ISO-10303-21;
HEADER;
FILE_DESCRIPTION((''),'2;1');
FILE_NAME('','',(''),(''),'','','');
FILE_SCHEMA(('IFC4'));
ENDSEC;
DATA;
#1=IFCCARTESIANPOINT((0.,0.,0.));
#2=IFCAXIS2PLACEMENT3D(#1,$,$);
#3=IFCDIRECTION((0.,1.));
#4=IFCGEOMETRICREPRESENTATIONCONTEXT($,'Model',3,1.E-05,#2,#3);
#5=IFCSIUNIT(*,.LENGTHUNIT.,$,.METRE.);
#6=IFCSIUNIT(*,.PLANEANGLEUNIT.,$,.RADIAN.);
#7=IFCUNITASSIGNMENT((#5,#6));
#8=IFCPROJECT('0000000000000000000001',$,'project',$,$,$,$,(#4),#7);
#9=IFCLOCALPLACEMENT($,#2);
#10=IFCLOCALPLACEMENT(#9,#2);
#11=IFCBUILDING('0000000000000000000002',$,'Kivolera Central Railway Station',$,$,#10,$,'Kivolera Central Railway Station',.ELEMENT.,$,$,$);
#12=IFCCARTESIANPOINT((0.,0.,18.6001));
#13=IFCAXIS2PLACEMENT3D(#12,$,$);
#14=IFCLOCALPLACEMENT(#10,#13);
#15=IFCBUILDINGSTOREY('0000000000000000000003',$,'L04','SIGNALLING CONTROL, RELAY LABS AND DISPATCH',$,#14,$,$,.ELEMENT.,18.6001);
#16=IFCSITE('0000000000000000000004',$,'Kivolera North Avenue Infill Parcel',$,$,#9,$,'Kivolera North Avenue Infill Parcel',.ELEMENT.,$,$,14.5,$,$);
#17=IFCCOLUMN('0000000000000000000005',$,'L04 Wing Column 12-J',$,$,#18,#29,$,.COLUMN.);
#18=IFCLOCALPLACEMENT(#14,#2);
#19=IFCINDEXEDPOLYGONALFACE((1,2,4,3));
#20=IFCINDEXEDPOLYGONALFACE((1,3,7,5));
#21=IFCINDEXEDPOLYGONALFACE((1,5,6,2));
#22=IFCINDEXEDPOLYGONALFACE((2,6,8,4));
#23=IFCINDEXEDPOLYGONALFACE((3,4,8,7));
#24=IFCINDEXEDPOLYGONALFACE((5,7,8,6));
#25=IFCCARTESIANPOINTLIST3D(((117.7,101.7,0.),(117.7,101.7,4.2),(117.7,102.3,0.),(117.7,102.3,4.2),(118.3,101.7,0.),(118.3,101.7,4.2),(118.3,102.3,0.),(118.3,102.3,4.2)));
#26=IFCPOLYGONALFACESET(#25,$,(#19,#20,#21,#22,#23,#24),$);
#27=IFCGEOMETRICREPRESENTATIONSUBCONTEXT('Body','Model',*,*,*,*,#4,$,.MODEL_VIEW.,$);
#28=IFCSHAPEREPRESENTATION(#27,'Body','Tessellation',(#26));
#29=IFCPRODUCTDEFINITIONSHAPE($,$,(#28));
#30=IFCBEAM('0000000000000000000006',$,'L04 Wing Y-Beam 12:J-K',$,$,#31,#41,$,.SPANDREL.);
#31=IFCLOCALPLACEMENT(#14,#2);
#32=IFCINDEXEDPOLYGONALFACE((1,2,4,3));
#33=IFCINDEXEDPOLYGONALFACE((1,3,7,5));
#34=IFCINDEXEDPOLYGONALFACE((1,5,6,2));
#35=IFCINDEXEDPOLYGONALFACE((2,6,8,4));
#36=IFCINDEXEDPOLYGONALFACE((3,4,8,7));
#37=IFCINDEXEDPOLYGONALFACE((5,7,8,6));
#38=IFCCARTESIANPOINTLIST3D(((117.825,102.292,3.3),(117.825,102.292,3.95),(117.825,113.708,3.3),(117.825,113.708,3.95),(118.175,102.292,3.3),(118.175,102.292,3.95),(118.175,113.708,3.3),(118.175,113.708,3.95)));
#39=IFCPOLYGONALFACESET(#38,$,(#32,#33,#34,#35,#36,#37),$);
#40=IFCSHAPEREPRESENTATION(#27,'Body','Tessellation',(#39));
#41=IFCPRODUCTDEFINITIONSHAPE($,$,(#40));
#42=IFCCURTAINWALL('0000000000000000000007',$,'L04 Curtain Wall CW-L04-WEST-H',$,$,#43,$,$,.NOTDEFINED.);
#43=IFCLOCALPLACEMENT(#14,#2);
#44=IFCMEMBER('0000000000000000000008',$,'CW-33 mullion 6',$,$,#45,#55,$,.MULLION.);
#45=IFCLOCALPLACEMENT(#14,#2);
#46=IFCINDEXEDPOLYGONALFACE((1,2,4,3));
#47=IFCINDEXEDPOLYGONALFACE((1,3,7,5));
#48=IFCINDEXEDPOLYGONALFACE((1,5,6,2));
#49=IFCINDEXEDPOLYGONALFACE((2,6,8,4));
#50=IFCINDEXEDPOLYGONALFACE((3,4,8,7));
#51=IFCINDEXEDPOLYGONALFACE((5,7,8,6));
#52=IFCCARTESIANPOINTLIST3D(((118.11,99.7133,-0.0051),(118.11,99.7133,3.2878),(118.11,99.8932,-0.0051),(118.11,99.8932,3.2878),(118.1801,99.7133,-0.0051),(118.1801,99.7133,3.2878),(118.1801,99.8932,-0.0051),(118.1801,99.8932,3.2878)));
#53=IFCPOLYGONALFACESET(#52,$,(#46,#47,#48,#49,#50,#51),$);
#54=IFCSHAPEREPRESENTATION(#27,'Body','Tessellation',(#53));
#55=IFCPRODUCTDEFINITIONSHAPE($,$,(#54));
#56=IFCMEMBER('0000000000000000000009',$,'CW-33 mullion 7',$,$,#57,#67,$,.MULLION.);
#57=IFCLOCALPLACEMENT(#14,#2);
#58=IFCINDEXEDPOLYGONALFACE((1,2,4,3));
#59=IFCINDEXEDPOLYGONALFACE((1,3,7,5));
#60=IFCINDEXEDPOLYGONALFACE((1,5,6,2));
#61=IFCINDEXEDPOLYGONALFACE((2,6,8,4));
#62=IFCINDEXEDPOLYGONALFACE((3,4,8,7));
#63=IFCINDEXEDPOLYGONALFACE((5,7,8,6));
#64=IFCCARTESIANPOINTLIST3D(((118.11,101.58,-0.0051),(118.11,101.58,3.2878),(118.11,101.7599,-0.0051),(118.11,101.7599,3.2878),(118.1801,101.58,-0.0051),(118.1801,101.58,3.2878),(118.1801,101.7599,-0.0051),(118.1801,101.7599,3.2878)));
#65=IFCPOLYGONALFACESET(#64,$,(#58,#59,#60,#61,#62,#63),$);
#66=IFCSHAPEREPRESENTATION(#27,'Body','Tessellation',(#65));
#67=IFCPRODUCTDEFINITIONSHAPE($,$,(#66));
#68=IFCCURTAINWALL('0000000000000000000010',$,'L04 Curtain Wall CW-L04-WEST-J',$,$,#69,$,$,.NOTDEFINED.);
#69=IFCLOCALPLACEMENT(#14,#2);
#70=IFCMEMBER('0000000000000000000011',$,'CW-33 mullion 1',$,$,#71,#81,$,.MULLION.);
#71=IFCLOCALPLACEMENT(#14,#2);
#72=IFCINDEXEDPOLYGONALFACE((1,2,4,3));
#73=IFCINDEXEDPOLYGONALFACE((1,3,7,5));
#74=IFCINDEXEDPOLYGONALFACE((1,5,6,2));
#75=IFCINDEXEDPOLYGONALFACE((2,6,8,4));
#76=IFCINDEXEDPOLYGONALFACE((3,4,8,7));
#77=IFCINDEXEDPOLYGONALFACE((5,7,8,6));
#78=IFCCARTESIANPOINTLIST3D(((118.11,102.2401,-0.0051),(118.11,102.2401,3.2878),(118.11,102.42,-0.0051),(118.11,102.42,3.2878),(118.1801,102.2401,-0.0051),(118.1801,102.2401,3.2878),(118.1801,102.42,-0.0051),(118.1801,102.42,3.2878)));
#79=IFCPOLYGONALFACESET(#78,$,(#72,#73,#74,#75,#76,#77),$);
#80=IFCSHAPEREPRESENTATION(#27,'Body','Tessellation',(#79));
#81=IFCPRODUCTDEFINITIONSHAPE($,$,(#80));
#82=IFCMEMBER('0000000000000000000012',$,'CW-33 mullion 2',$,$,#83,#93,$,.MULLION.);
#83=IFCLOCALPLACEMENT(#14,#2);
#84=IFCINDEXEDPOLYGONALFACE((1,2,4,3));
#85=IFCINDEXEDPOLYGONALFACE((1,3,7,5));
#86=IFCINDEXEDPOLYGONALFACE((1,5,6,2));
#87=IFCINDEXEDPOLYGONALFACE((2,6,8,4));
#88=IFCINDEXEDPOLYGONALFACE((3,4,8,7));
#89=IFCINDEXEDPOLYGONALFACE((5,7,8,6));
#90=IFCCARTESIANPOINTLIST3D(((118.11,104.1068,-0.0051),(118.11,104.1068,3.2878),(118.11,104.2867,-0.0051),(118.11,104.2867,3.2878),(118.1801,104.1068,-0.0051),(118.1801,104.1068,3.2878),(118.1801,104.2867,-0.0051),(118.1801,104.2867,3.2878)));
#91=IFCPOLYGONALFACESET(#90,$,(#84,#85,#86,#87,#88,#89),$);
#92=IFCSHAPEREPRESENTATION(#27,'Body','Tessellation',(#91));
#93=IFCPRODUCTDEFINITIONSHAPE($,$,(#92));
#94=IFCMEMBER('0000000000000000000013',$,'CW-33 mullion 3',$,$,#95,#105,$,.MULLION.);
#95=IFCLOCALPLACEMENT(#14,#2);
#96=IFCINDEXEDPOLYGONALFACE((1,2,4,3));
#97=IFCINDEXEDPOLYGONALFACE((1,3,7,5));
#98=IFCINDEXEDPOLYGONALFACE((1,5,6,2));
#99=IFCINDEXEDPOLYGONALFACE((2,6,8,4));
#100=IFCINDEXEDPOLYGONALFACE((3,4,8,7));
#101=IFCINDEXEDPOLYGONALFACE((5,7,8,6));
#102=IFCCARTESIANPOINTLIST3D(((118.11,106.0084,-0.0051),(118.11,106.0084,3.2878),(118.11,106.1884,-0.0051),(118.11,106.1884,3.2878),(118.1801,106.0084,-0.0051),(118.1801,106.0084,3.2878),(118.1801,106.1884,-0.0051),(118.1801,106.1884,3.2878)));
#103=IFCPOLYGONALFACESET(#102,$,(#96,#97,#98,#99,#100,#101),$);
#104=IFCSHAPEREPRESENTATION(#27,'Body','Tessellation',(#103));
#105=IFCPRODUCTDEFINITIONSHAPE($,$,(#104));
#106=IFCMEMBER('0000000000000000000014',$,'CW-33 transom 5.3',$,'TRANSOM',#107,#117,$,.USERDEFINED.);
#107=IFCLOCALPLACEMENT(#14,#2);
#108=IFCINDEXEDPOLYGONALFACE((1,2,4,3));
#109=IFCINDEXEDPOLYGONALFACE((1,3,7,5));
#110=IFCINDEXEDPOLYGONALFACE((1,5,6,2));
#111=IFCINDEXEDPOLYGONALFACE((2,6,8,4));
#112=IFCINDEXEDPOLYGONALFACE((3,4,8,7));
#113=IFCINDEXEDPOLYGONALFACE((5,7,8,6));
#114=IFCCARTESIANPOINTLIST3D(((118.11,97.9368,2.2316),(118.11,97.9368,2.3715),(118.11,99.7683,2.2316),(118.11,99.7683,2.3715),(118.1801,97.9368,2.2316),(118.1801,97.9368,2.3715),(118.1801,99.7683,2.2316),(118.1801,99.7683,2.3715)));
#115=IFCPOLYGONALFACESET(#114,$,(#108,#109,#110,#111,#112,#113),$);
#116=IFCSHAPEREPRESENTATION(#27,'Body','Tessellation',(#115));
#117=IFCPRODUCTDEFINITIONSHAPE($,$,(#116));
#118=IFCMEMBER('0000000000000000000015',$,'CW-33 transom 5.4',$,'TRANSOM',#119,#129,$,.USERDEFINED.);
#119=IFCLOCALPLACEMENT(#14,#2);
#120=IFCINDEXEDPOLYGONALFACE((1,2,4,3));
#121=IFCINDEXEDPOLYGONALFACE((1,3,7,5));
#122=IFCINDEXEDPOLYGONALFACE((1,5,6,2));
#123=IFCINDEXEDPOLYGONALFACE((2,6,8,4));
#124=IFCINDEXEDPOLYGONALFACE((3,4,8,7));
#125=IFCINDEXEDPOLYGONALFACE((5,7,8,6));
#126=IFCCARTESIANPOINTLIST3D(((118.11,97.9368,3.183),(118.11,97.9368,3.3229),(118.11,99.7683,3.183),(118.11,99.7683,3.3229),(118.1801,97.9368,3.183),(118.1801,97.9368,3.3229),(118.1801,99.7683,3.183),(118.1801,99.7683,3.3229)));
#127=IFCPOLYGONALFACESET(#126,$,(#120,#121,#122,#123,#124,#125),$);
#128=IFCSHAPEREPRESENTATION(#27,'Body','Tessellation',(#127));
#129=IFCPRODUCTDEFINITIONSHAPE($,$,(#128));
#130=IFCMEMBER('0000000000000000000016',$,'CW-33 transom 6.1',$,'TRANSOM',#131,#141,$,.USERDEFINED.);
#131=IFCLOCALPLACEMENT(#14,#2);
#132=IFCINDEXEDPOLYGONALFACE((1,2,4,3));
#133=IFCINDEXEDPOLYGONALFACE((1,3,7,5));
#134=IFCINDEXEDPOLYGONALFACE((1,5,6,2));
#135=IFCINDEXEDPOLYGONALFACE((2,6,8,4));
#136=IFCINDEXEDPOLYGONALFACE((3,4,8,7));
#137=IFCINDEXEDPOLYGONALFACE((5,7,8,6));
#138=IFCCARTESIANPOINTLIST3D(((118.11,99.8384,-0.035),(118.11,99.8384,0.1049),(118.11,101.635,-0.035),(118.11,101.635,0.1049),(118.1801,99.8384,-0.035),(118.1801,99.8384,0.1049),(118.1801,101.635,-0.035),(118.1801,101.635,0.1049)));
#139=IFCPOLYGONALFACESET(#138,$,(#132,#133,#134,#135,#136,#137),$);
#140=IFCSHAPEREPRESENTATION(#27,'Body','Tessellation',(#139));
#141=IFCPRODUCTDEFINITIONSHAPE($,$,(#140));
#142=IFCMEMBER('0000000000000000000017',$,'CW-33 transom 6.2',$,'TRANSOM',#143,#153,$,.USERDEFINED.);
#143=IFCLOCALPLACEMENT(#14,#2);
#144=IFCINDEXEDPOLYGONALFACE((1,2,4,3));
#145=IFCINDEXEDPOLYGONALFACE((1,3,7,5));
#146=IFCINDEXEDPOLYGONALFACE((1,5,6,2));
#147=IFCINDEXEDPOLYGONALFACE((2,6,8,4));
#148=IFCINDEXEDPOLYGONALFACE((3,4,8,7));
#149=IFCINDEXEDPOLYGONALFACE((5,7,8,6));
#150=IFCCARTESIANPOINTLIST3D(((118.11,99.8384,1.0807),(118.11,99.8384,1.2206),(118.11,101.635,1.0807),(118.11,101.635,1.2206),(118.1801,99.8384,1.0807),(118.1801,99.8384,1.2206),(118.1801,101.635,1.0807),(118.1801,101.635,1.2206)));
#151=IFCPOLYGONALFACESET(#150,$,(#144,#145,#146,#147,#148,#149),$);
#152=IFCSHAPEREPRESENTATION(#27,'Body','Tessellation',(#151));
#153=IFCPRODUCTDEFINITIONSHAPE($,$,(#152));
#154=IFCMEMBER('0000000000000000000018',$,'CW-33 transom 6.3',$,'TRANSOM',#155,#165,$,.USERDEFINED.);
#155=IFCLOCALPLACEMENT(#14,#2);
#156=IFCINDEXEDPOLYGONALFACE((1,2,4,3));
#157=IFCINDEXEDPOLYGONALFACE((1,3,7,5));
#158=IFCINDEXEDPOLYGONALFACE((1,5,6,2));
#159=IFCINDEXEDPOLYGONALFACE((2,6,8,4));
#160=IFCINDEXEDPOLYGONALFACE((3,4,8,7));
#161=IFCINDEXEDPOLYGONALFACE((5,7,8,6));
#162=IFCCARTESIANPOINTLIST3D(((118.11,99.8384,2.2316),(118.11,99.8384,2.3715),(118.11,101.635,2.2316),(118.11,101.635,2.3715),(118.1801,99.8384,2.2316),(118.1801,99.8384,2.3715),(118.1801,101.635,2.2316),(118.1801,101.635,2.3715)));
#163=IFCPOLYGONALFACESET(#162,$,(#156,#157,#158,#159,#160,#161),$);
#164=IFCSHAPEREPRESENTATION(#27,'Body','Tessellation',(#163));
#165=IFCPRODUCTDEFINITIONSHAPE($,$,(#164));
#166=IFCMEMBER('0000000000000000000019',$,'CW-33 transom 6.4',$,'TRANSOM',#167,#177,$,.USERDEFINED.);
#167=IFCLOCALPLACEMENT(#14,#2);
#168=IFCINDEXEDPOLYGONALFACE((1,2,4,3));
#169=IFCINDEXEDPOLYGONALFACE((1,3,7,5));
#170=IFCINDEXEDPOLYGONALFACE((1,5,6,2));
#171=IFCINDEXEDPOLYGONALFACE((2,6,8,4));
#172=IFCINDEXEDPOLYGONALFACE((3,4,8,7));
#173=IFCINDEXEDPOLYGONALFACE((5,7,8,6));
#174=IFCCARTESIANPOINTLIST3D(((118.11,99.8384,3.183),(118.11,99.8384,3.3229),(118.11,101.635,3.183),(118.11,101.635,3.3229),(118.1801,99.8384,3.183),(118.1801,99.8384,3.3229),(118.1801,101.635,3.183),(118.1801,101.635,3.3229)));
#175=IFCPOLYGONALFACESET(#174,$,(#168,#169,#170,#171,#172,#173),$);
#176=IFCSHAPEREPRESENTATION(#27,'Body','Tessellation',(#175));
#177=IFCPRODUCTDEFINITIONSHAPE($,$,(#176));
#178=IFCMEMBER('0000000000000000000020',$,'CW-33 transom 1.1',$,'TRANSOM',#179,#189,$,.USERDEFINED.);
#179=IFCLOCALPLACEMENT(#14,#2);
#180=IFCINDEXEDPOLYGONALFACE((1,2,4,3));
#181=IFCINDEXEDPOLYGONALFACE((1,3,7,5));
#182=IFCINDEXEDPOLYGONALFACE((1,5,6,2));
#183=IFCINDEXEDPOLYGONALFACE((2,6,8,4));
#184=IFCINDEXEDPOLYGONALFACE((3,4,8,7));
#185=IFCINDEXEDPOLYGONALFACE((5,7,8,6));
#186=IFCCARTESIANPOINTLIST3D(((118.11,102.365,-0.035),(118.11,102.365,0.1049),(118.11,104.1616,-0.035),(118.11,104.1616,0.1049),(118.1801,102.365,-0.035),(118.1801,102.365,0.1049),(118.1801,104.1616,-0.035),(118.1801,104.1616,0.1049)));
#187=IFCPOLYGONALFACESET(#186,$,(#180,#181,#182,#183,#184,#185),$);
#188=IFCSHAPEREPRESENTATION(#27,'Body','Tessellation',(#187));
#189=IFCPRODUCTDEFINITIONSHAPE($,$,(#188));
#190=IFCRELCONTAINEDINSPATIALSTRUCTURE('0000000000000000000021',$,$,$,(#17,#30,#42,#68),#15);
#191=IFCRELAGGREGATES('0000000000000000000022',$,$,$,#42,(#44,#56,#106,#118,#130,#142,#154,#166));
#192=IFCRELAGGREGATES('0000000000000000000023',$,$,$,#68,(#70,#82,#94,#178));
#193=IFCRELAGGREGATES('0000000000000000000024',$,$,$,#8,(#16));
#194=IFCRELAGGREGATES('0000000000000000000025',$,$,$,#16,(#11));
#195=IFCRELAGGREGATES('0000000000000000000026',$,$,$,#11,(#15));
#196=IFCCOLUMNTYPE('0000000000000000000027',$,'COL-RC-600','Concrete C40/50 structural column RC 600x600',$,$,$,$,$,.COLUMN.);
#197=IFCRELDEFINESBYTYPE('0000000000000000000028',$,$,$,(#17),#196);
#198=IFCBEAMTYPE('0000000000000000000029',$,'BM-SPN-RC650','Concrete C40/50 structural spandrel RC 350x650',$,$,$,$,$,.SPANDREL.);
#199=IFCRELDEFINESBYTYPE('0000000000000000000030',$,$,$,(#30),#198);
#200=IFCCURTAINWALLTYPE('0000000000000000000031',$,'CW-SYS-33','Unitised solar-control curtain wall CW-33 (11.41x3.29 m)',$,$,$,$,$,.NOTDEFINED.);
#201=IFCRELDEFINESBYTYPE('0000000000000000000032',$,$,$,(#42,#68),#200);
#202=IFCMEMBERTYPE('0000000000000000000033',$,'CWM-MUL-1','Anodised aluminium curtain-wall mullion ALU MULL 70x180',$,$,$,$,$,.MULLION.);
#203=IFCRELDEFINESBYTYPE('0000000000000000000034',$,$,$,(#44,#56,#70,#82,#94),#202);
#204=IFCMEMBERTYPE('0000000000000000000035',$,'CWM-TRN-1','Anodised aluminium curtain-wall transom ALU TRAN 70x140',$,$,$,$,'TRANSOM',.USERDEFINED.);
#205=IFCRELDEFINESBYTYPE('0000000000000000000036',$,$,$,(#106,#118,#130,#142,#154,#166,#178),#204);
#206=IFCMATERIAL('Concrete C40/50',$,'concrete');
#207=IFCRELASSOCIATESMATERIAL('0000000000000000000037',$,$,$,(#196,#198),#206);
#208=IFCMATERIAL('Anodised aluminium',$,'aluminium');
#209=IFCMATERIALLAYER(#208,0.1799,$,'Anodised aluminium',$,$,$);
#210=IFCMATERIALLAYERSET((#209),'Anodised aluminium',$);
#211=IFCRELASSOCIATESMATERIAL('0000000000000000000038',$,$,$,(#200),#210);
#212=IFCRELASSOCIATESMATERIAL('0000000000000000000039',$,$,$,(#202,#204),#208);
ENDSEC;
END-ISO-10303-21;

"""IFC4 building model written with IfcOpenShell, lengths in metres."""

from ifc_helpers import new_model, si_unit, direction, frame, origin, origin_2d, place, context, subcontext, project, spatial, rectangle, extrude, material, layer, layer_set, material_profile, profile_set, type_object, element, aggregate, save


model = new_model("IFC4")

# Units and contexts
model_context = context("Model", 3, precision=1e-05, world=origin(), true_north=direction((0.0, 1.0)))
body_context = subcontext(model_context, "Body", "Model", "MODEL_VIEW")
ifc_project = project(units=[si_unit("LENGTHUNIT", "METRE"), si_unit("PLANEANGLEUNIT", "RADIAN")], contexts=[model_context])

# Site, building, storey
site_placement = place(None, origin())
site = spatial("IfcSite", under=ifc_project, at=site_placement, Name="Kivolera North Avenue Infill Parcel", LongName="Kivolera North Avenue Infill Parcel", CompositionType="ELEMENT", RefElevation=14.5)
building_placement = place(site_placement, origin())
building = spatial("IfcBuilding", under=site, at=building_placement, Name="Kivolera Central Railway Station", LongName="Kivolera Central Railway Station", CompositionType="ELEMENT")
storey_placement = place(building_placement, frame((0.0, 0.0, 18.6001)))
storey = spatial("IfcBuildingStorey", under=building, at=storey_placement, Name="L04", Description="SIGNALLING CONTROL, RELAY LABS AND DISPATCH", CompositionType="ELEMENT", Elevation=18.6001)

# Column
ifc_material_1 = material(Name="Concrete C40/50", Category="concrete")
ifc_material_profile_1 = material_profile(ifc_material_1, rectangle(XDim=0.6001, YDim=0.6001, at=origin_2d()), Name="RC 600x600")
ifc_profile_set_1 = profile_set([ifc_material_profile_1], Name="Concrete C40/50")
column_type = type_object("IfcColumnType", Name="COL-RC-600", Description="Concrete C40/50 structural column RC 600x600", PredefinedType="COLUMN", material=ifc_profile_set_1)
column_placement = place(storey_placement, frame((118.0, 102.0, 0.0), z_axis=(0.0, 0.0, 1.0), x_axis=(1.0, 0.0, 0.0)))
element("IfcColumn", 1, at=column_placement, inside=storey, type_object=column_type, Name="L04 Wing Column 12-J", PredefinedType="COLUMN", context=body_context, shape_type="SweptSolid", body=[
    extrude(rectangle(XDim=0.6001, YDim=0.6001, at=origin_2d()), origin(), (0.0, 0.0, 1.0), 4.2),
])

# Beam
ifc_material_profile_2 = material_profile(ifc_material_1, rectangle(XDim=0.3501, YDim=0.6499, at=origin_2d()), Name="RC 350x650")
ifc_profile_set_2 = profile_set([ifc_material_profile_2], Name="Concrete C40/50")
beam_type = type_object("IfcBeamType", Name="BM-SPN-RC650", Description="Concrete C40/50 structural spandrel RC 350x650", PredefinedType="SPANDREL", material=ifc_profile_set_2)
beam_placement = place(storey_placement, frame((118.0, 102.292, 3.625), z_axis=(0.0, 1.0, 0.0), x_axis=(-1.0, 0.0, 0.0)))
element("IfcBeam", 2, at=beam_placement, inside=storey, type_object=beam_type, Name="L04 Wing Y-Beam 12:J-K", PredefinedType="SPANDREL", context=body_context, shape_type="SweptSolid", body=[
    extrude(rectangle(XDim=0.3501, YDim=0.6499, at=origin_2d()), origin(), (0.0, 0.0, 1.0), 11.416),
])

# Curtain walls, members
ifc_material_2 = material(Name="Anodised aluminium", Category="aluminium")
ifc_layer_1 = layer(ifc_material_2, 0.1799, Name="Anodised aluminium")
ifc_layer_set_1 = layer_set([ifc_layer_1], Name="Anodised aluminium")
curtain_wall_type = type_object("IfcCurtainWallType", Name="CW-SYS-33", Description="Unitised solar-control curtain wall CW-33 (11.41x3.29 m)", PredefinedType="NOTDEFINED", material=ifc_layer_set_1)
curtain_wall_1_placement = place(storey_placement, origin())
curtain_wall_1 = element("IfcCurtainWall", 3, at=curtain_wall_1_placement, inside=storey, type_object=curtain_wall_type, Name="L04 Curtain Wall CW-L04-WEST-H", PredefinedType="NOTDEFINED")
ifc_material_profile_3 = material_profile(ifc_material_2, rectangle(XDim=0.0701, YDim=0.1799, at=origin_2d()), Name="ALU MULL 70x180")
ifc_profile_set_3 = profile_set([ifc_material_profile_3], Name="Anodised aluminium")
member_type_1 = type_object("IfcMemberType", Name="CWM-MUL-1", Description="Anodised aluminium curtain-wall mullion ALU MULL 70x180", PredefinedType="MULLION", material=ifc_profile_set_3)
member_1_placement = place(storey_placement, frame((118.145, 99.8032, -0.0051), z_axis=(0.0, 0.0, 1.0), x_axis=(-1.0, 0.0, 0.0)))
member_1 = element("IfcMember", 4, at=member_1_placement, type_object=member_type_1, Name="CW-33 mullion 6", PredefinedType="MULLION", context=body_context, shape_type="SweptSolid", body=[
    extrude(rectangle(XDim=0.0701, YDim=0.1799, at=origin_2d()), origin(), (0.0, 0.0, 1.0), 3.293),
])
member_2_placement = place(storey_placement, frame((118.145, 101.6699, -0.0051), z_axis=(0.0, 0.0, 1.0), x_axis=(-1.0, 0.0, 0.0)))
member_2 = element("IfcMember", 5, at=member_2_placement, type_object=member_type_1, Name="CW-33 mullion 7", PredefinedType="MULLION", context=body_context, shape_type="SweptSolid", body=[
    extrude(rectangle(XDim=0.0701, YDim=0.1799, at=origin_2d()), origin(), (0.0, 0.0, 1.0), 3.293),
])
curtain_wall_2_placement = place(storey_placement, origin())
curtain_wall_2 = element("IfcCurtainWall", 6, at=curtain_wall_2_placement, inside=storey, type_object=curtain_wall_type, Name="L04 Curtain Wall CW-L04-WEST-J", PredefinedType="NOTDEFINED")
member_3_placement = place(storey_placement, frame((118.145, 102.3301, -0.0051), z_axis=(0.0, 0.0, 1.0), x_axis=(-1.0, 0.0, 0.0)))
member_3 = element("IfcMember", 7, at=member_3_placement, type_object=member_type_1, Name="CW-33 mullion 1", PredefinedType="MULLION", context=body_context, shape_type="SweptSolid", body=[
    extrude(rectangle(XDim=0.0701, YDim=0.1799, at=origin_2d()), origin(), (0.0, 0.0, 1.0), 3.293),
])
member_4_placement = place(storey_placement, frame((118.145, 104.1968, -0.0051), z_axis=(0.0, 0.0, 1.0), x_axis=(-1.0, 0.0, 0.0)))
member_4 = element("IfcMember", 8, at=member_4_placement, type_object=member_type_1, Name="CW-33 mullion 2", PredefinedType="MULLION", context=body_context, shape_type="SweptSolid", body=[
    extrude(rectangle(XDim=0.0701, YDim=0.1799, at=origin_2d()), origin(), (0.0, 0.0, 1.0), 3.293),
])
member_5_placement = place(storey_placement, frame((118.145, 106.0984, -0.0051), z_axis=(0.0, 0.0, 1.0), x_axis=(-1.0, 0.0, 0.0)))
member_5 = element("IfcMember", 9, at=member_5_placement, type_object=member_type_1, Name="CW-33 mullion 3", PredefinedType="MULLION", context=body_context, shape_type="SweptSolid", body=[
    extrude(rectangle(XDim=0.0701, YDim=0.1799, at=origin_2d()), origin(), (0.0, 0.0, 1.0), 3.293),
])

# Members
ifc_material_profile_4 = material_profile(ifc_material_2, rectangle(XDim=0.0701, YDim=0.1399, at=origin_2d()), Name="ALU TRAN 70x140")
ifc_profile_set_4 = profile_set([ifc_material_profile_4], Name="Anodised aluminium")
member_type_2 = type_object("IfcMemberType", Name="CWM-TRN-1", Description="Anodised aluminium curtain-wall transom ALU TRAN 70x140", ElementType="TRANSOM", PredefinedType="USERDEFINED", material=ifc_profile_set_4)
member_6_placement = place(storey_placement, frame((118.145, 97.9368, 2.3015), z_axis=(0.0, 1.0, 0.0), x_axis=(-1.0, 0.0, 0.0)))
member_6 = element("IfcMember", 10, at=member_6_placement, type_object=member_type_2, Name="CW-33 transom 5.3", ObjectType="TRANSOM", PredefinedType="USERDEFINED", context=body_context, shape_type="SweptSolid", body=[
    extrude(rectangle(XDim=0.0701, YDim=0.1399, at=origin_2d()), origin(), (0.0, 0.0, 1.0), 1.8315),
])
member_7_placement = place(storey_placement, frame((118.145, 97.9368, 3.2529), z_axis=(0.0, 1.0, 0.0), x_axis=(-1.0, 0.0, 0.0)))
member_7 = element("IfcMember", 11, at=member_7_placement, type_object=member_type_2, Name="CW-33 transom 5.4", ObjectType="TRANSOM", PredefinedType="USERDEFINED", context=body_context, shape_type="SweptSolid", body=[
    extrude(rectangle(XDim=0.0701, YDim=0.1399, at=origin_2d()), origin(), (0.0, 0.0, 1.0), 1.8315),
])
member_8_placement = place(storey_placement, frame((118.145, 99.8384, 0.0349), z_axis=(0.0, 1.0, 0.0), x_axis=(-1.0, 0.0, 0.0)))
member_8 = element("IfcMember", 12, at=member_8_placement, type_object=member_type_2, Name="CW-33 transom 6.1", ObjectType="TRANSOM", PredefinedType="USERDEFINED", context=body_context, shape_type="SweptSolid", body=[
    extrude(rectangle(XDim=0.0701, YDim=0.1399, at=origin_2d()), origin(), (0.0, 0.0, 1.0), 1.7966),
])
member_9_placement = place(storey_placement, frame((118.145, 99.8384, 1.1506), z_axis=(0.0, 1.0, 0.0), x_axis=(-1.0, 0.0, 0.0)))
member_9 = element("IfcMember", 13, at=member_9_placement, type_object=member_type_2, Name="CW-33 transom 6.2", ObjectType="TRANSOM", PredefinedType="USERDEFINED", context=body_context, shape_type="SweptSolid", body=[
    extrude(rectangle(XDim=0.0701, YDim=0.1399, at=origin_2d()), origin(), (0.0, 0.0, 1.0), 1.7966),
])
member_10_placement = place(storey_placement, frame((118.145, 99.8384, 2.3015), z_axis=(0.0, 1.0, 0.0), x_axis=(-1.0, 0.0, 0.0)))
member_10 = element("IfcMember", 14, at=member_10_placement, type_object=member_type_2, Name="CW-33 transom 6.3", ObjectType="TRANSOM", PredefinedType="USERDEFINED", context=body_context, shape_type="SweptSolid", body=[
    extrude(rectangle(XDim=0.0701, YDim=0.1399, at=origin_2d()), origin(), (0.0, 0.0, 1.0), 1.7966),
])
member_11_placement = place(storey_placement, frame((118.145, 99.8384, 3.2529), z_axis=(0.0, 1.0, 0.0), x_axis=(-1.0, 0.0, 0.0)))
member_11 = element("IfcMember", 15, at=member_11_placement, type_object=member_type_2, Name="CW-33 transom 6.4", ObjectType="TRANSOM", PredefinedType="USERDEFINED", context=body_context, shape_type="SweptSolid", body=[
    extrude(rectangle(XDim=0.0701, YDim=0.1399, at=origin_2d()), origin(), (0.0, 0.0, 1.0), 1.7966),
])
member_12_placement = place(storey_placement, frame((118.145, 102.365, 0.0349), z_axis=(0.0, 1.0, 0.0), x_axis=(-1.0, 0.0, 0.0)))
member_12 = element("IfcMember", 16, at=member_12_placement, type_object=member_type_2, Name="CW-33 transom 1.1", ObjectType="TRANSOM", PredefinedType="USERDEFINED", context=body_context, shape_type="SweptSolid", body=[
    extrude(rectangle(XDim=0.0701, YDim=0.1399, at=origin_2d()), origin(), (0.0, 0.0, 1.0), 1.7966),
])

aggregate(curtain_wall_1, [member_1, member_2, member_6, member_7, member_8, member_9, member_10, member_11])
aggregate(curtain_wall_2, [member_3, member_4, member_5, member_12])

save(model, "model.ifc")
